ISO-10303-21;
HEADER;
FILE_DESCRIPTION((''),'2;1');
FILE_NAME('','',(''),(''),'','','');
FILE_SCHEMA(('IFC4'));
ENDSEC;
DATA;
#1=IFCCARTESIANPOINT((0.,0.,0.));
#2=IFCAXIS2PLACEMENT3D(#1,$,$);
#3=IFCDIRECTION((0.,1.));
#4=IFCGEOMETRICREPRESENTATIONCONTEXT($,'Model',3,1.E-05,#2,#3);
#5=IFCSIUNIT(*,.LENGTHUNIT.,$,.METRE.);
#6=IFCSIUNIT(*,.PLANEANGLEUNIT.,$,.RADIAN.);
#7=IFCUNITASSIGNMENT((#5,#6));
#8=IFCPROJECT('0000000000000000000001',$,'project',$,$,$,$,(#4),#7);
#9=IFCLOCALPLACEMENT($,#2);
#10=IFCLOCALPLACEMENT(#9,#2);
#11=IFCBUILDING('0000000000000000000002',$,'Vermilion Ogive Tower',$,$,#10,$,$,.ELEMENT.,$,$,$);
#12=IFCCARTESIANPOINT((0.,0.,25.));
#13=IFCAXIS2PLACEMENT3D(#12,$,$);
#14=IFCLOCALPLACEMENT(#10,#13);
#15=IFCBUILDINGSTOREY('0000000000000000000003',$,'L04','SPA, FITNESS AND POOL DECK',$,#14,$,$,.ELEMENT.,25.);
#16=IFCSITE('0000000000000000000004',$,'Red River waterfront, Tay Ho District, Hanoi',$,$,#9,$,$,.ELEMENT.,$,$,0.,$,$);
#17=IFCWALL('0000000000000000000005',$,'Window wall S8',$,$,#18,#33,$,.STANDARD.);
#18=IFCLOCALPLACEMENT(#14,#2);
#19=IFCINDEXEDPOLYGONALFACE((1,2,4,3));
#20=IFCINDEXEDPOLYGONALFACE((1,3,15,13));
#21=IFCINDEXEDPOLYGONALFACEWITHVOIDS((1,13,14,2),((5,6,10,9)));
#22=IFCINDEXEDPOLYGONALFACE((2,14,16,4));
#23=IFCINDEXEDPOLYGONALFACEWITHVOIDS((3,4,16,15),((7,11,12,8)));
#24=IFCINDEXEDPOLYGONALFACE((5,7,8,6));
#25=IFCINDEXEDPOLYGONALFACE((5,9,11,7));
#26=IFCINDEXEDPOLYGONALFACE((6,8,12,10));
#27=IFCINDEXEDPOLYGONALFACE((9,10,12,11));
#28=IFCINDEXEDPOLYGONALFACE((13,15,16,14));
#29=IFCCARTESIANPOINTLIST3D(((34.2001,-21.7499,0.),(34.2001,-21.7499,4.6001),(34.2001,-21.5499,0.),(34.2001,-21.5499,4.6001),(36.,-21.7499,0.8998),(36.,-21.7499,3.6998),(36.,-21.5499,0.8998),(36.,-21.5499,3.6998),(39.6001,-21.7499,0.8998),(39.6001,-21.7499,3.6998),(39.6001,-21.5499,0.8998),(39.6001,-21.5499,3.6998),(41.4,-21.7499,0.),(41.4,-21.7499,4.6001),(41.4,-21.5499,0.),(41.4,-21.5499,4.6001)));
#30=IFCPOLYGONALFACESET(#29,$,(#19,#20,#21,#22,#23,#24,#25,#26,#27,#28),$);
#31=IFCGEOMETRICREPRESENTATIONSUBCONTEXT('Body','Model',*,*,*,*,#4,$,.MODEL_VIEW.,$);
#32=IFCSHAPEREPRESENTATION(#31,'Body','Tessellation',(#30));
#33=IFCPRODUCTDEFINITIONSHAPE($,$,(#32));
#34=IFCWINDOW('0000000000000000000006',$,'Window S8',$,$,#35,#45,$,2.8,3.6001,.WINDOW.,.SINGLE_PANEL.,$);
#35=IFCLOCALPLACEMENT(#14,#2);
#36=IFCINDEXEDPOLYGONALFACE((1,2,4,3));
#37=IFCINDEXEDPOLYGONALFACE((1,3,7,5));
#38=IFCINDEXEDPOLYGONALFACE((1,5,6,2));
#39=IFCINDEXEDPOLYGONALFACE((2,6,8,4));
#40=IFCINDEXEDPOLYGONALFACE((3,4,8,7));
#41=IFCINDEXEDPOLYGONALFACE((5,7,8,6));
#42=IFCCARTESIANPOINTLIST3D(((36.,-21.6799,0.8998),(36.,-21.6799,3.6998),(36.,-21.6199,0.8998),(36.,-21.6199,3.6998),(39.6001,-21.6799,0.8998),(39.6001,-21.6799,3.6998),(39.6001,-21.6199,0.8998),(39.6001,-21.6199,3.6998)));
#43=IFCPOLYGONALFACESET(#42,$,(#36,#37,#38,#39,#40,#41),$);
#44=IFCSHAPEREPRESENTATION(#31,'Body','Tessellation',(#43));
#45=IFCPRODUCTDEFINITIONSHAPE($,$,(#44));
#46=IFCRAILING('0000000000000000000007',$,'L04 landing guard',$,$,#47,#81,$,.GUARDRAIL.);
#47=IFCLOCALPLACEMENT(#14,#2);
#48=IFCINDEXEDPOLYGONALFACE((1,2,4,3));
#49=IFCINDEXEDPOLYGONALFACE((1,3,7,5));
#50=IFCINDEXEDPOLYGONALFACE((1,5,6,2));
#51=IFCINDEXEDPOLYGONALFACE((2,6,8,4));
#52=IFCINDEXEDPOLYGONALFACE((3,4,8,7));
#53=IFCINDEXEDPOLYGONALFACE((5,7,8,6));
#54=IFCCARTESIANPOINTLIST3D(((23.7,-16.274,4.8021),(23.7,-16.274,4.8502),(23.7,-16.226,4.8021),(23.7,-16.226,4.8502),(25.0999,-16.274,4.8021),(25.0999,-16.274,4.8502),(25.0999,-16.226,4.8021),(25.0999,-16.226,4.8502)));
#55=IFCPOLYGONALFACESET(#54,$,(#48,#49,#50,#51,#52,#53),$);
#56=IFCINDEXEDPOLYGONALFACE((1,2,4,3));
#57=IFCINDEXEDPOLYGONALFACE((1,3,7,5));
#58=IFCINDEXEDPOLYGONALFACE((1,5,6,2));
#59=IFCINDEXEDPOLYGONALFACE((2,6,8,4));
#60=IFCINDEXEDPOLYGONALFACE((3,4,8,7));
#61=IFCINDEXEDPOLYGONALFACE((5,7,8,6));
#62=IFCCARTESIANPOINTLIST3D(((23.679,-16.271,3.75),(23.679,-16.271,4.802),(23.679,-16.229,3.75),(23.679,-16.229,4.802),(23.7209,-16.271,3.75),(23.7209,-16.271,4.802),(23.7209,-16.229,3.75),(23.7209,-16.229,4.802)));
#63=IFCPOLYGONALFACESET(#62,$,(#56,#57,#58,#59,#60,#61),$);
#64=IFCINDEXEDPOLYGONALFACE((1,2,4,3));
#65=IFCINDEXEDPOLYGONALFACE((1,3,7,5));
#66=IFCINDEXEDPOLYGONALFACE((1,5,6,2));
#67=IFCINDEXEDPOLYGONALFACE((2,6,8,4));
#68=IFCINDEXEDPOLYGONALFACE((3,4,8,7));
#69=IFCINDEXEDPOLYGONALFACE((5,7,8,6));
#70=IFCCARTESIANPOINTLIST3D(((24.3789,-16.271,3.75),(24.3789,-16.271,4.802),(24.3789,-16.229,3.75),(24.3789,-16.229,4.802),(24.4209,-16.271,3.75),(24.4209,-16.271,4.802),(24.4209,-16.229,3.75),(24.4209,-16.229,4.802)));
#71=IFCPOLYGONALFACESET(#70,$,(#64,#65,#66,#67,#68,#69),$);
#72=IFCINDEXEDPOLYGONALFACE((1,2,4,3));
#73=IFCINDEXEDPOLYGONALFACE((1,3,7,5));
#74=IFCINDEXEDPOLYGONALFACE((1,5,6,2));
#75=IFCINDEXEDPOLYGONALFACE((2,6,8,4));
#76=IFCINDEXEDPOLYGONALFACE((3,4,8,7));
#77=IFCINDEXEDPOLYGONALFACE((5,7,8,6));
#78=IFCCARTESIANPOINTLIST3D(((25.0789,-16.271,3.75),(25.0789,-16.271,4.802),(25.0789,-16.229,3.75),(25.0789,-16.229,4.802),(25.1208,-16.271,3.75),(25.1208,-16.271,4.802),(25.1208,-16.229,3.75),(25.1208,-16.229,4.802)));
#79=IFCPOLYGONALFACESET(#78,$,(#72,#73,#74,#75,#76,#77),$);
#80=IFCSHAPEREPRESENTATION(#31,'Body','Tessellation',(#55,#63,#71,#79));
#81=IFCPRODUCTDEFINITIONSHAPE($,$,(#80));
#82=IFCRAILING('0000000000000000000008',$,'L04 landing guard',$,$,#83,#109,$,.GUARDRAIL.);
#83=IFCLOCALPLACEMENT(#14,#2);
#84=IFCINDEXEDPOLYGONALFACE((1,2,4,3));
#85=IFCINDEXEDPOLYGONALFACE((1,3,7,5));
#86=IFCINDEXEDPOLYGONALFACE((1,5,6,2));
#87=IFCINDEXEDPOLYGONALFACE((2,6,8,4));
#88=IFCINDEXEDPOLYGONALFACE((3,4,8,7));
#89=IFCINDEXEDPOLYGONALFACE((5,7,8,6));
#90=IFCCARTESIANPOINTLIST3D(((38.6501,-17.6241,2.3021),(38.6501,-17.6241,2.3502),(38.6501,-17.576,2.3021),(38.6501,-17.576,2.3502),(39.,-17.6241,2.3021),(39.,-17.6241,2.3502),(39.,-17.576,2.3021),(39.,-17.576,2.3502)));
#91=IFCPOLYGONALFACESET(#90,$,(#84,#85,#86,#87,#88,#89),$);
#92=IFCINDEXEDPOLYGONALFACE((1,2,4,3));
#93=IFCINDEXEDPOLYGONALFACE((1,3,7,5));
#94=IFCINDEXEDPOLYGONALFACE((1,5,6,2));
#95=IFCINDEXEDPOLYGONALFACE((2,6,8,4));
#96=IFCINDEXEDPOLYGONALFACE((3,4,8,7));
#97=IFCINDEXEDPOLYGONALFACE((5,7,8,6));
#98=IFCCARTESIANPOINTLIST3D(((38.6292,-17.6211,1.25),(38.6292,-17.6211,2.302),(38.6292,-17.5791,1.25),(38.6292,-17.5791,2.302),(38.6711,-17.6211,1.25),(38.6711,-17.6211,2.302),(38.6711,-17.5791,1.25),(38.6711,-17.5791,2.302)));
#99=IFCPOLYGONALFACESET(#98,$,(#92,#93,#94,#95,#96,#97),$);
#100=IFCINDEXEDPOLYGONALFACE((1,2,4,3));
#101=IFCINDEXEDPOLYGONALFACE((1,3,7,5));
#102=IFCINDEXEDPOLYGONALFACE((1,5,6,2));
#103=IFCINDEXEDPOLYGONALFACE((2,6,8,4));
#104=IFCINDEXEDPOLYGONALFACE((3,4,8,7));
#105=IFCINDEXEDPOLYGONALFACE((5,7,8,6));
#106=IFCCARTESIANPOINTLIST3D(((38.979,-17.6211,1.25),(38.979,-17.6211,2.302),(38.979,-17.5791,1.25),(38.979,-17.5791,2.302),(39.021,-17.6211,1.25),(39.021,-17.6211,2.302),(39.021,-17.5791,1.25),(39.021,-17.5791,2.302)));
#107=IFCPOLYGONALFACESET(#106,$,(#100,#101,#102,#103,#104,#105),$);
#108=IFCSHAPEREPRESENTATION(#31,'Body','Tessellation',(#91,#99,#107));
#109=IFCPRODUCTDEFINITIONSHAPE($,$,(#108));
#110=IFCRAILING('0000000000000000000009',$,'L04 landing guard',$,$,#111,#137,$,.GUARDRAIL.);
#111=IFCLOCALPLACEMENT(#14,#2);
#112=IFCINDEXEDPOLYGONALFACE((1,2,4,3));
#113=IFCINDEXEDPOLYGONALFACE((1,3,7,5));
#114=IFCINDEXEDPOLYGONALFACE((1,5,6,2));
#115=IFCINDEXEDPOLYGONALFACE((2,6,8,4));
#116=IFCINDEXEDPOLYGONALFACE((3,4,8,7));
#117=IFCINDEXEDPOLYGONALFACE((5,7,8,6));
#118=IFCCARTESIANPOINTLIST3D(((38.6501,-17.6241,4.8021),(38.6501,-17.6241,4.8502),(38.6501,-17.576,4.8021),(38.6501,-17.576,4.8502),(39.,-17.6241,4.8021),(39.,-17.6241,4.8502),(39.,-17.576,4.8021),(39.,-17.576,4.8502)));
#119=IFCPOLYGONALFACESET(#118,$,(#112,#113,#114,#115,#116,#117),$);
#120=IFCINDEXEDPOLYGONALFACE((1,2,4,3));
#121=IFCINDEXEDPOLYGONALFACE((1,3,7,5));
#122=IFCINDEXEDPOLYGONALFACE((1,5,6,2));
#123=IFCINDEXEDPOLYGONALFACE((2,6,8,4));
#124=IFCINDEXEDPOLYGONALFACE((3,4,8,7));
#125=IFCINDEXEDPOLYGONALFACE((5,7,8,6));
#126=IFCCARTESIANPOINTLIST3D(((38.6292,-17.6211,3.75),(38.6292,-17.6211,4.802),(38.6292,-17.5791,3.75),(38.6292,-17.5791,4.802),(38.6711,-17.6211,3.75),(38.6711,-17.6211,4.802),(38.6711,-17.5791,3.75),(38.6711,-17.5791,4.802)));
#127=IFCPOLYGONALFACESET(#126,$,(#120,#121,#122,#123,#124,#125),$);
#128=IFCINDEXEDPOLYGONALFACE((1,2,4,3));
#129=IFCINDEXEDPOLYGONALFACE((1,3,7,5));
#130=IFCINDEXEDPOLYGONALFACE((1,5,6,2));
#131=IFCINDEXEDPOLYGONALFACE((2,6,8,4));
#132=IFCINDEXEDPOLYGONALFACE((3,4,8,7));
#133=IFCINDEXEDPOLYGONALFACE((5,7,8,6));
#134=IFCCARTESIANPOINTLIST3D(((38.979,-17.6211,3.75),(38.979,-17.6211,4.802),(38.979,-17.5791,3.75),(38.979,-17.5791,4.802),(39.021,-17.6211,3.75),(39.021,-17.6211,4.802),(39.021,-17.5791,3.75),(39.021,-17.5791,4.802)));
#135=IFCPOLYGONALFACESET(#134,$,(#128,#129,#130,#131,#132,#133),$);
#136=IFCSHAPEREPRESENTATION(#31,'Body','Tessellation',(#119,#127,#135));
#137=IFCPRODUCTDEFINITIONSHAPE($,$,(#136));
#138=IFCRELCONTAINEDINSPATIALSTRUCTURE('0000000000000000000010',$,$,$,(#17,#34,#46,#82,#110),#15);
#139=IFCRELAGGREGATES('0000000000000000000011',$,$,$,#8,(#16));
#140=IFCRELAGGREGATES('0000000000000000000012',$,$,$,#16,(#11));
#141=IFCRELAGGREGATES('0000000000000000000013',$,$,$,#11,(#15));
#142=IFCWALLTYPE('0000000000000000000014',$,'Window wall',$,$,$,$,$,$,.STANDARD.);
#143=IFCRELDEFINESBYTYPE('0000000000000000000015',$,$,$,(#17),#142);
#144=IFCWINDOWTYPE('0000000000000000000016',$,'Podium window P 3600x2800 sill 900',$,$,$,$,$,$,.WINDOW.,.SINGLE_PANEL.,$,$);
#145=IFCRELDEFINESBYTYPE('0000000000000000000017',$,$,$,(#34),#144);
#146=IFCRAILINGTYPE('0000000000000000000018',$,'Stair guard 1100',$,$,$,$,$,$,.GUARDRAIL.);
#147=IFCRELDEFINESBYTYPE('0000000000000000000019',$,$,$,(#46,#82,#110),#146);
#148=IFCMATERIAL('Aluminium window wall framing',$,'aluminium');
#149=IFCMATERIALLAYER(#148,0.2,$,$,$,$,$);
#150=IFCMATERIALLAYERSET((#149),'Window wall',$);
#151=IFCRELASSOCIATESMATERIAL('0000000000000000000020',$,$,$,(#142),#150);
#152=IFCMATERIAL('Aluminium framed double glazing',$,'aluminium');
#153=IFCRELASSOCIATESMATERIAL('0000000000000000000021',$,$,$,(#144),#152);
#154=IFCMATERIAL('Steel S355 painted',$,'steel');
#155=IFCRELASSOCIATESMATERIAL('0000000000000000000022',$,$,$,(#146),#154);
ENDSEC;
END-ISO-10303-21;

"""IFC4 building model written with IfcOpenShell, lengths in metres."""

from ifc_helpers import new_model, si_unit, direction, frame, frame_2d, origin, origin_2d, place, context, subcontext, project, spatial, rectangle, extrude, material, layer, layer_set, type_object, element, fill, save


model = new_model("IFC4")

# Units and contexts
model_context = context("Model", 3, precision=1e-05, world=origin(), true_north=direction((0.0, 1.0)))
body_context = subcontext(model_context, "Body", "Model", "MODEL_VIEW")
ifc_project = project(units=[si_unit("LENGTHUNIT", "METRE"), si_unit("PLANEANGLEUNIT", "RADIAN")], contexts=[model_context])

# Site, building, storey
site_placement = place(None, origin())
site = spatial("IfcSite", under=ifc_project, at=site_placement, Name="Red River waterfront, Tay Ho District, Hanoi", CompositionType="ELEMENT", RefElevation=0.0)
building_placement = place(site_placement, origin())
building = spatial("IfcBuilding", under=site, at=building_placement, Name="Vermilion Ogive Tower", CompositionType="ELEMENT")
storey_placement = place(building_placement, frame((0.0, 0.0, 25.0)))
storey = spatial("IfcBuildingStorey", under=building, at=storey_placement, Name="L04", Description="SPA, FITNESS AND POOL DECK", CompositionType="ELEMENT", Elevation=25.0)

# Shared definitions
ifc_material_1 = material(Name="Aluminium window wall framing", Category="aluminium")
ifc_layer_1 = layer(ifc_material_1, 0.2)
ifc_layer_set_1 = layer_set([ifc_layer_1], Name="Window wall")
wall_type_1 = type_object("IfcWallType", Name="Window wall", PredefinedType="STANDARD", material=ifc_layer_set_1)

# Wall, opening, window
wall_1_placement = place(storey_placement, frame((34.2, -21.6499, 0.0), z_axis=(0.0, 0.0, 1.0), x_axis=(1.0, 0.0, 0.0)))
wall_1 = element("IfcWall", 1, at=wall_1_placement, inside=storey, type_object=wall_type_1, Name="Window wall S8", PredefinedType="STANDARD", context=body_context, shape_type="SweptSolid", body=[
    extrude(rectangle(XDim=7.2, YDim=0.2, at=frame_2d((3.6001, 0.0))), origin(), (0.0, 0.0, 1.0), 4.6001),
])
opening_1_placement = place(wall_1_placement, frame((1.8, 0.0, 0.8999)))
opening_1 = element("IfcOpeningElement", 2, at=opening_1_placement, cuts=wall_1, PredefinedType="OPENING", context=body_context, shape_type="SweptSolid", body=[
    extrude(rectangle(XDim=3.6001, YDim=2.8, at=frame_2d((1.8, 1.3999))), frame((0.0, 0.1099, 0.0), z_axis=(0.0, -1.0, 0.0), x_axis=(1.0, 0.0, 0.0)), (0.0, 0.0, 1.0), 0.22),
])
ifc_material_2 = material(Name="Aluminium framed double glazing", Category="aluminium")
window_type_1 = type_object("IfcWindowType", Name="Podium window P 3600x2800 sill 900", PartitioningType="SINGLE_PANEL", PredefinedType="WINDOW", material=ifc_material_2)
window_1_placement = place(opening_1_placement, origin())
window_1 = element("IfcWindow", 3, at=window_1_placement, inside=storey, type_object=window_type_1, Name="Window S8", OverallHeight=2.8, OverallWidth=3.6001, PartitioningType="SINGLE_PANEL", PredefinedType="WINDOW", context=body_context, shape_type="SweptSolid", body=[
    extrude(rectangle(XDim=3.6001, YDim=2.8, at=frame_2d((1.8, 1.3999))), frame((0.0, 0.03, 0.0), z_axis=(0.0, -1.0, 0.0), x_axis=(1.0, 0.0, 0.0)), (0.0, 0.0, 1.0), 0.0601),
])
fill(opening_1, window_1)

# Railings
ifc_material_3 = material(Name="Steel S355 painted", Category="steel")
railing_type = type_object("IfcRailingType", Name="Stair guard 1100", PredefinedType="GUARDRAIL", material=ifc_material_3)
railing_placement = place(storey_placement, frame((23.7, -16.25, 3.75)))
element("IfcRailing", 4, at=railing_placement, inside=storey, type_object=railing_type, Name="L04 landing guard", PredefinedType="GUARDRAIL", context=body_context, shape_type="SweptSolid", body=[
    extrude(rectangle(XDim=0.0481, YDim=0.0481, at=origin_2d()), frame((0.0, 0.0, 1.0762), z_axis=(1.0, 0.0, 0.0), x_axis=(0.0, 1.0, 0.0)), (0.0, 0.0, 1.0), 1.3999),
    extrude(rectangle(XDim=0.042, YDim=0.042, at=origin_2d()), origin(), (0.0, 0.0, 1.0), 1.052),
    extrude(rectangle(XDim=0.042, YDim=0.042, at=origin_2d()), frame((0.7, 0.0, 0.0)), (0.0, 0.0, 1.0), 1.052),
    extrude(rectangle(XDim=0.042, YDim=0.042, at=origin_2d()), frame((1.3999, 0.0, 0.0)), (0.0, 0.0, 1.0), 1.052),
])
for number, where, name in (
    (5, (38.6501, -17.6001, 1.25), "L04 landing guard"),
    (6, (38.6501, -17.6001, 3.75), "L04 landing guard"),
):
    element("IfcRailing", number, at=place(storey_placement, frame(where)), inside=storey, type_object=railing_type, Name=name, PredefinedType="GUARDRAIL", context=body_context, shape_type="SweptSolid", body=[
        extrude(rectangle(XDim=0.0481, YDim=0.0481, at=origin_2d()), frame((0.0, 0.0, 1.0762), z_axis=(1.0, 0.0, 0.0), x_axis=(0.0, 1.0, 0.0)), (0.0, 0.0, 1.0), 0.3499),
        extrude(rectangle(XDim=0.042, YDim=0.042, at=origin_2d()), origin(), (0.0, 0.0, 1.0), 1.052),
        extrude(rectangle(XDim=0.042, YDim=0.042, at=origin_2d()), frame((0.3499, 0.0, 0.0)), (0.0, 0.0, 1.0), 1.052),
    ])

save(model, "model.ifc")
